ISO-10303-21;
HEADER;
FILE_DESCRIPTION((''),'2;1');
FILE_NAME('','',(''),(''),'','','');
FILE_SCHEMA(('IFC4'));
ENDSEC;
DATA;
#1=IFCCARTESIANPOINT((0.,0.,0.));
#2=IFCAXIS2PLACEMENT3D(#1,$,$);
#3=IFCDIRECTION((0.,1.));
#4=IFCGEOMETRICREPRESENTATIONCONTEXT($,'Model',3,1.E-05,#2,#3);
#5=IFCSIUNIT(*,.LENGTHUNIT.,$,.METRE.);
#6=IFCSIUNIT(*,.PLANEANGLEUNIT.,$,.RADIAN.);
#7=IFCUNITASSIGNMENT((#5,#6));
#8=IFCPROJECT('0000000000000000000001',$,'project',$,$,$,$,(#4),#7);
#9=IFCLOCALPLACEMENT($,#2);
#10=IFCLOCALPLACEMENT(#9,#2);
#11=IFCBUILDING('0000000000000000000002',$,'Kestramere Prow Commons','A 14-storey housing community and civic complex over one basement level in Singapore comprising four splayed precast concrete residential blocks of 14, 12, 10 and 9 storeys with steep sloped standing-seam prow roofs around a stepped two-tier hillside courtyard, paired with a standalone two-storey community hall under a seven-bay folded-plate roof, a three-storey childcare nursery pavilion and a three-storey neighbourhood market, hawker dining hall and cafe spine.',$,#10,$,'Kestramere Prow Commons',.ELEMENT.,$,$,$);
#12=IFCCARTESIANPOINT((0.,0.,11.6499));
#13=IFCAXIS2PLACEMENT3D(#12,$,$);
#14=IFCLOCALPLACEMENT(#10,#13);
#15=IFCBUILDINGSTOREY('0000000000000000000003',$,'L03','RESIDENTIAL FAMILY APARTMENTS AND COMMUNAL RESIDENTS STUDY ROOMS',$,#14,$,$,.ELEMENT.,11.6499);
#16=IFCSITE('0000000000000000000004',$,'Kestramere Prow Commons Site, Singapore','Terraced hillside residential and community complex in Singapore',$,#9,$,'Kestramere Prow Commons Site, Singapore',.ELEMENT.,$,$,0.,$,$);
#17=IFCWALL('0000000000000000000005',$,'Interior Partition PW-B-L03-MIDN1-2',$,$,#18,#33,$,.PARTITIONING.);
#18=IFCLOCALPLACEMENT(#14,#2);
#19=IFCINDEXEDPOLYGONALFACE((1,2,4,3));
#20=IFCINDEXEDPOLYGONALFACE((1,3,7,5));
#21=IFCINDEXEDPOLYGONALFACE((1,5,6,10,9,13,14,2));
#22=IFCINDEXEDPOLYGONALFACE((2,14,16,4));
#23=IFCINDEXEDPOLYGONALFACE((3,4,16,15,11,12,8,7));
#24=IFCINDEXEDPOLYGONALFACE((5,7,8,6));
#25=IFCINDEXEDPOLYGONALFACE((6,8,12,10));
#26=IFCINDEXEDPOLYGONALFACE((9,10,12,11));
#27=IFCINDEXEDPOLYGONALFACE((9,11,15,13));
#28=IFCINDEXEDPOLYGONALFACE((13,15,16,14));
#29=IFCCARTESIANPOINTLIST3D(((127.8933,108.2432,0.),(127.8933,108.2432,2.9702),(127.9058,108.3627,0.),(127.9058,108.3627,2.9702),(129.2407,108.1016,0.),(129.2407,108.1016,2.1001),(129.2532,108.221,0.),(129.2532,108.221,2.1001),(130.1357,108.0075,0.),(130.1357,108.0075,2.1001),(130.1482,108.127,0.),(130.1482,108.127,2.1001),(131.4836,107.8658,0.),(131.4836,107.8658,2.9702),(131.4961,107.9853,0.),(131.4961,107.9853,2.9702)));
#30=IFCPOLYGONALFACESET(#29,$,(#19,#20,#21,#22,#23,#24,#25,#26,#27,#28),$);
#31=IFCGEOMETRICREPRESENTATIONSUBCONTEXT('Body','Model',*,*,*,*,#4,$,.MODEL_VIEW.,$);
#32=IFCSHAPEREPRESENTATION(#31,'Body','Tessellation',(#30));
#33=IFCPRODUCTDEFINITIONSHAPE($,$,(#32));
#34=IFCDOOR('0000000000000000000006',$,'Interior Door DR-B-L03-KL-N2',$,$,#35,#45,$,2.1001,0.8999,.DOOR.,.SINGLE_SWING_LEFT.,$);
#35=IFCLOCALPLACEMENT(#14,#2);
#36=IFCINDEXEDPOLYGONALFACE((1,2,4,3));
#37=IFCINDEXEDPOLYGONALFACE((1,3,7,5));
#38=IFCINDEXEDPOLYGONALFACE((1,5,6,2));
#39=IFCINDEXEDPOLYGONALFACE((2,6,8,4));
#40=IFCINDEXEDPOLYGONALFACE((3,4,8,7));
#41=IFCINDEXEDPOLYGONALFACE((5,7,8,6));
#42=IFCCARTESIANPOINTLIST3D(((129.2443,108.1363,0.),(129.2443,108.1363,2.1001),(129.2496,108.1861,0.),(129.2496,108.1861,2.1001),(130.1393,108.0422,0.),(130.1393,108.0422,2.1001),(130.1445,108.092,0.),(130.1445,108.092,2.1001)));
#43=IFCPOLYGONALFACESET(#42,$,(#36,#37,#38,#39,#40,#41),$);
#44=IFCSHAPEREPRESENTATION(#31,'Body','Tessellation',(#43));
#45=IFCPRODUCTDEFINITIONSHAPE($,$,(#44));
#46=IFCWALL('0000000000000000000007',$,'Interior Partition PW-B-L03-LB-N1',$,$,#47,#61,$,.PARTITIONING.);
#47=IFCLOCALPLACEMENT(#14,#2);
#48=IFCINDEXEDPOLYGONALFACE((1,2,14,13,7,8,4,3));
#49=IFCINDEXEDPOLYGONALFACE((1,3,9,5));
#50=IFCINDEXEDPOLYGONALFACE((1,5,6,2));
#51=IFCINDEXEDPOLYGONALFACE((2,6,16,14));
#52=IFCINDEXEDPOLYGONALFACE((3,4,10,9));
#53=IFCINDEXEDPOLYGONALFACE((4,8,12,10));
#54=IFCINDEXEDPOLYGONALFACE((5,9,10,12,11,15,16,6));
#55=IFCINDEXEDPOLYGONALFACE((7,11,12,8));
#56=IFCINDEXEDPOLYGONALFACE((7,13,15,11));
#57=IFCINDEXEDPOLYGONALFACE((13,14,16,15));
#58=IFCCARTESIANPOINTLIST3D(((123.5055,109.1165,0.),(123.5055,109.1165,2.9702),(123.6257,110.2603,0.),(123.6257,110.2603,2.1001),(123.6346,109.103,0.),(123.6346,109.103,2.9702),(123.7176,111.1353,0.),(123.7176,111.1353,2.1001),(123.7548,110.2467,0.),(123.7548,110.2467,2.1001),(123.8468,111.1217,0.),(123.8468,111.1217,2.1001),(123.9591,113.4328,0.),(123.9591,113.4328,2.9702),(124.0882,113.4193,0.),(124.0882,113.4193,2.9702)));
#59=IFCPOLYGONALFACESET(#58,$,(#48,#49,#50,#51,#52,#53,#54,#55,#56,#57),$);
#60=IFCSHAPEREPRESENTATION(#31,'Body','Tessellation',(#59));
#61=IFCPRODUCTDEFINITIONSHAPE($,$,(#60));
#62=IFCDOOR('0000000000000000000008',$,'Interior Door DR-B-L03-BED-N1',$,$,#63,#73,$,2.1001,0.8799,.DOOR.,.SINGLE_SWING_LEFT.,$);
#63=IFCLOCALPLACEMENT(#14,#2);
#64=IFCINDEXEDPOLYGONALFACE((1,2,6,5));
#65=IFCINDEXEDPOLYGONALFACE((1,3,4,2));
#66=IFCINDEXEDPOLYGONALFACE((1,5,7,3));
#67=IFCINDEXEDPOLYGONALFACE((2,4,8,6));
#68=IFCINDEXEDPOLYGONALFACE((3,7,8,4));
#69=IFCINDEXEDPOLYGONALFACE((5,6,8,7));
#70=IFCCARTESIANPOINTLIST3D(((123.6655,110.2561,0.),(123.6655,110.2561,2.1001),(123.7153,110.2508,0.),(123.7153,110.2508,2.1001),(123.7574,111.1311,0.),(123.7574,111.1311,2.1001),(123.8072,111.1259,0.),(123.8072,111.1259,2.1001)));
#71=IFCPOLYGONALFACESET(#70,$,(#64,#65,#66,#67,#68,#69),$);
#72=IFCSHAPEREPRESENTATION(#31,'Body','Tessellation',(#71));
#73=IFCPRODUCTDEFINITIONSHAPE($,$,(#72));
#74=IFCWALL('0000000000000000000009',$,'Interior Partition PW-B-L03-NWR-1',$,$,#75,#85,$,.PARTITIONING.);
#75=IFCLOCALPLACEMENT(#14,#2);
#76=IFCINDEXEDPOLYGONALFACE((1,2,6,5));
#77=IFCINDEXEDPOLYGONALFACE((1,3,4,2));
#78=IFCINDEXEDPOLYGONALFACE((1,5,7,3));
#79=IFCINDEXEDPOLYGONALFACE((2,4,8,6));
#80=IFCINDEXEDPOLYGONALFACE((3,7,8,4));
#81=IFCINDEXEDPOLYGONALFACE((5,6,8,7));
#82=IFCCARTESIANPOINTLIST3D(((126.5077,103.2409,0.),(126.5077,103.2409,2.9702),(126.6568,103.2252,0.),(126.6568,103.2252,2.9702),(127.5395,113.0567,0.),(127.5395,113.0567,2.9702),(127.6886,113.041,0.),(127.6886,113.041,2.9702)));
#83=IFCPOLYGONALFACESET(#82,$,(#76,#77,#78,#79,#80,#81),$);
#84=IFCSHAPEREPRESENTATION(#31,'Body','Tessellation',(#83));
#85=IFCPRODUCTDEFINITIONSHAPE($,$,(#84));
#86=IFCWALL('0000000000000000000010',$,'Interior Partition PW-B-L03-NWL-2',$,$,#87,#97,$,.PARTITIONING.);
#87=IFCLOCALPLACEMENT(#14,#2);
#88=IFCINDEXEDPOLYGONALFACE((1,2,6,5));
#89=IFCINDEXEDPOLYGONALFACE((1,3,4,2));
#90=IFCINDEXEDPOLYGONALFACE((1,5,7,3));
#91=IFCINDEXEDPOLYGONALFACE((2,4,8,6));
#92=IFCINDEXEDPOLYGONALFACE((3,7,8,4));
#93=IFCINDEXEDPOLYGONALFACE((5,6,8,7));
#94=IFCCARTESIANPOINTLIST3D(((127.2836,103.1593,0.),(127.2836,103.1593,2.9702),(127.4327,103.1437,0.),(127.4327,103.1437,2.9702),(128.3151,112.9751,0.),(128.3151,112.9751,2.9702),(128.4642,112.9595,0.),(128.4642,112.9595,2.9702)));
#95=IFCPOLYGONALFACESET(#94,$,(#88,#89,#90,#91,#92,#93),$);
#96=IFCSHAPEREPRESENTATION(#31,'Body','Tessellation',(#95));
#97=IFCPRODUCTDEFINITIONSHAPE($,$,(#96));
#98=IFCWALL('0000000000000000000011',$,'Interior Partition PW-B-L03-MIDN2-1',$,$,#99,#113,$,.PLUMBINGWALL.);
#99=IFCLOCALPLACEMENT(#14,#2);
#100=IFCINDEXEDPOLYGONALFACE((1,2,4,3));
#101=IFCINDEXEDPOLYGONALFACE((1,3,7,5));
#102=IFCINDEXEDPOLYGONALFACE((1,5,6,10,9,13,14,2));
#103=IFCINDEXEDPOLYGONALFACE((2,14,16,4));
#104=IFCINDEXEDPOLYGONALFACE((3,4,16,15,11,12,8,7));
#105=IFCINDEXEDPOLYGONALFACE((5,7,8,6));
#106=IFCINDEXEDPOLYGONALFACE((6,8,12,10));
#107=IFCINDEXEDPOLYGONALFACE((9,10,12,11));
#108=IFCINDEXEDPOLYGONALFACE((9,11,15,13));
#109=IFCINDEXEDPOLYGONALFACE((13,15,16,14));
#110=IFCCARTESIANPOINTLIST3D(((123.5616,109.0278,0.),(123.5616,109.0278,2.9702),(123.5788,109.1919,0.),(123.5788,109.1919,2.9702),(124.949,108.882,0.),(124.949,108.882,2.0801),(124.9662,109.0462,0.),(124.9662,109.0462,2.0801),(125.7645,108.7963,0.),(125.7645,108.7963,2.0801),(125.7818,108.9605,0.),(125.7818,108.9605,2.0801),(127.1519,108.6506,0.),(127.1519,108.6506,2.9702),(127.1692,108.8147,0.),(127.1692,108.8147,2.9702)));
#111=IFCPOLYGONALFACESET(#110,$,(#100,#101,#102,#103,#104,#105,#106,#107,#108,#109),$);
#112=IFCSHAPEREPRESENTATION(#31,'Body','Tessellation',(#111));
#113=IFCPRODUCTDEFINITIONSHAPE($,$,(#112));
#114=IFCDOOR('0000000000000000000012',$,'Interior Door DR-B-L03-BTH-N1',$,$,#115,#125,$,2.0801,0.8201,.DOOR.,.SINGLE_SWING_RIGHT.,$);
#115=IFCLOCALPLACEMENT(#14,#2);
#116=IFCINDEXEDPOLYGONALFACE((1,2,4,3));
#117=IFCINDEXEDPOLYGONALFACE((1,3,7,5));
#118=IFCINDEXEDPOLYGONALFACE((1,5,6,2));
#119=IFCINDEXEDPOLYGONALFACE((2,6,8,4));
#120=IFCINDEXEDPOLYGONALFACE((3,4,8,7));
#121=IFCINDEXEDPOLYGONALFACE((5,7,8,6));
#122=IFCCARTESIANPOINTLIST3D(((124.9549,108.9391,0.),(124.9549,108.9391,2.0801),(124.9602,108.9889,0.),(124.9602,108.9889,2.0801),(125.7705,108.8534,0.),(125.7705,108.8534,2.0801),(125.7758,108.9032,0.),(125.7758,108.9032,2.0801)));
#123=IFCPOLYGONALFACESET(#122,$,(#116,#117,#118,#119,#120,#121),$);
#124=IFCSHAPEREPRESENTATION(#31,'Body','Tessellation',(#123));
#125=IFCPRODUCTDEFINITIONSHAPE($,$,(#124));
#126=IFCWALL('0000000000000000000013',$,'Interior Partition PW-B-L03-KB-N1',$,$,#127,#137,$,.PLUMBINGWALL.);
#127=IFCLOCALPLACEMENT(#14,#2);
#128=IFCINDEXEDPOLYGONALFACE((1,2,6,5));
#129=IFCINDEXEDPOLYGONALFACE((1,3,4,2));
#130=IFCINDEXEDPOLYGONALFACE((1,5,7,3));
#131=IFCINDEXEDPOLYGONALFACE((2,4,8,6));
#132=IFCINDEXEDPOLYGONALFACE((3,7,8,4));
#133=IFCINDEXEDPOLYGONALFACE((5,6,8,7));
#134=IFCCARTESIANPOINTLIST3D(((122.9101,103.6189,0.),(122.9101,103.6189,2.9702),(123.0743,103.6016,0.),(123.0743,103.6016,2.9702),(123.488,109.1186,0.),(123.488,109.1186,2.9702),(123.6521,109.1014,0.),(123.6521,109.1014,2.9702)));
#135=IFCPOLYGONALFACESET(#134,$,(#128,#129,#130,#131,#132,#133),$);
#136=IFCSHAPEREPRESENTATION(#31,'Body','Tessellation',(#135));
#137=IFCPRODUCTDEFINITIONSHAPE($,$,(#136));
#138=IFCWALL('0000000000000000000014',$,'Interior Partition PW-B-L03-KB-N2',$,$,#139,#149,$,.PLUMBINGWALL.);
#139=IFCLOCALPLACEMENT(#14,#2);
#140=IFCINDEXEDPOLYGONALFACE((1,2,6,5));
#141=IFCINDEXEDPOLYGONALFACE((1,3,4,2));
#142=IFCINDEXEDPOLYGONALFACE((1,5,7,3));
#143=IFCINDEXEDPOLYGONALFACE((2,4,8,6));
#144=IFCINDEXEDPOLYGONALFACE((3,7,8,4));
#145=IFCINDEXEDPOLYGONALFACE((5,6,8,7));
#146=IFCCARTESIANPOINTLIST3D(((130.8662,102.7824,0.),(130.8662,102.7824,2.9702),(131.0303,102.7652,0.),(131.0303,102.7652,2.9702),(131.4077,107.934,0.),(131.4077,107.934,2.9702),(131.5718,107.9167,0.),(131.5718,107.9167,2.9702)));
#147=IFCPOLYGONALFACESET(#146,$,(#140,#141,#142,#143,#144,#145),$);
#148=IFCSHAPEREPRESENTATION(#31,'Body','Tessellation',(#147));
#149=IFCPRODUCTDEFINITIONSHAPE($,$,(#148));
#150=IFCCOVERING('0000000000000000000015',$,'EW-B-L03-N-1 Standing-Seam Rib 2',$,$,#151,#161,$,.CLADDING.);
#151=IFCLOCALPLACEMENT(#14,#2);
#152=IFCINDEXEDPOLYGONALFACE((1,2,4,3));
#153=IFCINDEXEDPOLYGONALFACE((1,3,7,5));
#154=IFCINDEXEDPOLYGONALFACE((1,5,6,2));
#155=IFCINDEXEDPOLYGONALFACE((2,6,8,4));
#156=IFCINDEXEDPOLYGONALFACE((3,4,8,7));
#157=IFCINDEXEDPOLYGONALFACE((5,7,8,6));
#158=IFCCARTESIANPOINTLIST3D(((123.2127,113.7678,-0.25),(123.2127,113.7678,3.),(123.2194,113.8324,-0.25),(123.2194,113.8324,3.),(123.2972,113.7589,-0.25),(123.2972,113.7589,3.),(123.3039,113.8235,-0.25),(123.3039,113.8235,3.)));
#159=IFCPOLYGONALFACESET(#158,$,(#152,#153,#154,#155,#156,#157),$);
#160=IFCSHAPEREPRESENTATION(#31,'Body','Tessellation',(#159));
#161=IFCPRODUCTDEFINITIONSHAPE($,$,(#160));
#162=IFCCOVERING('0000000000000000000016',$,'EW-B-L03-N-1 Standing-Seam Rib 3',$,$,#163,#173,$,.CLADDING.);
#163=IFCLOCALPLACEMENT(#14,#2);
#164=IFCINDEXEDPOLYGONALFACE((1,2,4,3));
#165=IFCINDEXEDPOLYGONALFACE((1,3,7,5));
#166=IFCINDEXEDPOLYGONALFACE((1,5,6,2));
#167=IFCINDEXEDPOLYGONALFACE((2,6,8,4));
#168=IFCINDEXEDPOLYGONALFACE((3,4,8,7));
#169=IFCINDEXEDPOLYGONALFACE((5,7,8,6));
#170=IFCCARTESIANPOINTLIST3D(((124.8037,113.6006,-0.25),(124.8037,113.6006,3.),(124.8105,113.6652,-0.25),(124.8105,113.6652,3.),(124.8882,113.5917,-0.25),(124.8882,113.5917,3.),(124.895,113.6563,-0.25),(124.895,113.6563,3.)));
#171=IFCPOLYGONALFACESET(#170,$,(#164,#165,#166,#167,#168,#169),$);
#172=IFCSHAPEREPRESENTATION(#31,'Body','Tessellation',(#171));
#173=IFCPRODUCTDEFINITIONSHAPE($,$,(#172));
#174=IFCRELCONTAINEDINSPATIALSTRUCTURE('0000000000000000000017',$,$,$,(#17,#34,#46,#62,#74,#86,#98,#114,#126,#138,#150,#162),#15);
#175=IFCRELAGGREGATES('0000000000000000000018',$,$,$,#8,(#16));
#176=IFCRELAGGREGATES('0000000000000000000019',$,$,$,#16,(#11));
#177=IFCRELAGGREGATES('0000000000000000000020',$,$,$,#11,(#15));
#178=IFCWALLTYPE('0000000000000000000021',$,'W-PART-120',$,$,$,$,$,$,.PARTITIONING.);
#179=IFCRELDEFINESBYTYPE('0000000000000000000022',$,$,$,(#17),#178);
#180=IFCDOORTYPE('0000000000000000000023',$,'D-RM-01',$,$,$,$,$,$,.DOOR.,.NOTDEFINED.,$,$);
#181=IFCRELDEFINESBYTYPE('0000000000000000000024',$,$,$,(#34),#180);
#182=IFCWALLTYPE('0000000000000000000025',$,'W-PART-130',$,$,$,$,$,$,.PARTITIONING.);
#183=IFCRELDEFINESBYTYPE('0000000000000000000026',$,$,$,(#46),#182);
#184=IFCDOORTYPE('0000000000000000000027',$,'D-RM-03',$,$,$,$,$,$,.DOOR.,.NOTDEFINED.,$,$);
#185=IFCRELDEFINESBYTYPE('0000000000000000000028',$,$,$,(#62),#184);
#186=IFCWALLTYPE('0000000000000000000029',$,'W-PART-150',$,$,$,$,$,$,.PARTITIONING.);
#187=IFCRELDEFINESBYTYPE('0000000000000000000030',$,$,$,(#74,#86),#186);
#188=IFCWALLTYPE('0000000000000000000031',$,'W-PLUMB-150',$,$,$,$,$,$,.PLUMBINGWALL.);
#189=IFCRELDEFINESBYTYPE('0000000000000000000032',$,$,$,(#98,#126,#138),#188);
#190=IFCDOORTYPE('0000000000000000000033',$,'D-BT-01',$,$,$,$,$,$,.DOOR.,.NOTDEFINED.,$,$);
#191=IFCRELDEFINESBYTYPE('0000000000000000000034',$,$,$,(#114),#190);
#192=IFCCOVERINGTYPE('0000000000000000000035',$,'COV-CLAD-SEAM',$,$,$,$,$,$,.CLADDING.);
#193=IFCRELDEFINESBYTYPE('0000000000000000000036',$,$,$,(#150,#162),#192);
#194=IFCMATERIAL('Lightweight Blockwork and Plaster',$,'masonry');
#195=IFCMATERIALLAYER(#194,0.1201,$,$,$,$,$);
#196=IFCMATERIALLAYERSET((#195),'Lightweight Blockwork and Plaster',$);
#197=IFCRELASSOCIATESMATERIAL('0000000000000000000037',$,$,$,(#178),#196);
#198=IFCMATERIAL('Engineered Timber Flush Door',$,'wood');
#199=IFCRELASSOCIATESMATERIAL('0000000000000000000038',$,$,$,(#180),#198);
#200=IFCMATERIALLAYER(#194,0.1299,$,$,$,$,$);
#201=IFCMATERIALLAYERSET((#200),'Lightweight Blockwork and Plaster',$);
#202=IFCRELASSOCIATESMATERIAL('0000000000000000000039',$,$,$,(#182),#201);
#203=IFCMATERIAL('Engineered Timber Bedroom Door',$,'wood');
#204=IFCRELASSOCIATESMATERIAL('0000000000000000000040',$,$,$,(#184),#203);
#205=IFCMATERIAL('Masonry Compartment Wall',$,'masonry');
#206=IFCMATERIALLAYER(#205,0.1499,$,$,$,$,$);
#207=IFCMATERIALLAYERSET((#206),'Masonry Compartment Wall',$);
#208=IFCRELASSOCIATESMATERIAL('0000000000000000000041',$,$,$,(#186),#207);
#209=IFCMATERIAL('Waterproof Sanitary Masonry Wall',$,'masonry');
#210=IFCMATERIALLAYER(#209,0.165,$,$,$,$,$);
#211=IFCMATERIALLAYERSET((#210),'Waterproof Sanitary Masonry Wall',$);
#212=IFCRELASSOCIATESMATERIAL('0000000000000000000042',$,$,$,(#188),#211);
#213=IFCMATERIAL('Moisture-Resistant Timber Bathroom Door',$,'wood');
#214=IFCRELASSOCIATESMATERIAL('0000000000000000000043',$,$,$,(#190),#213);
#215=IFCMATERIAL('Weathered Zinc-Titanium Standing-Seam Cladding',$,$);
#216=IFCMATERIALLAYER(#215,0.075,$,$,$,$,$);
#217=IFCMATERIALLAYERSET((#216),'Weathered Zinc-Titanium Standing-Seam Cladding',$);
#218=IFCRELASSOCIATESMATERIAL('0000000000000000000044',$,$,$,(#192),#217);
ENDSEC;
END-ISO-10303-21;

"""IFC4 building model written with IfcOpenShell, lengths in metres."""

from ifc_helpers import new_model, si_unit, direction, frame, frame_2d, origin, origin_2d, place, context, subcontext, project, spatial, rectangle, extrude, material, layer, layer_set, type_object, element, fill, save


model = new_model("IFC4")

# Units and contexts
model_context = context("Model", 3, precision=1e-05, world=origin(), true_north=direction((0.0, 1.0)))
body_context = subcontext(model_context, "Body", "Model", "MODEL_VIEW")
ifc_project = project(units=[si_unit("LENGTHUNIT", "METRE"), si_unit("PLANEANGLEUNIT", "RADIAN")], contexts=[model_context])

# Site, building, storey
site_placement = place(None, origin())
site = spatial("IfcSite", under=ifc_project, at=site_placement, Name="Kestramere Prow Commons Site, Singapore", Description="Terraced hillside residential and community complex in Singapore", LongName="Kestramere Prow Commons Site, Singapore", CompositionType="ELEMENT", RefElevation=0.0)
building_placement = place(site_placement, origin())
building = spatial("IfcBuilding", under=site, at=building_placement, Name="Kestramere Prow Commons", Description="A 14-storey housing community and civic complex over one basement level in Singapore comprising four splayed precast concrete residential blocks of 14, 12, 10 and 9 storeys with steep sloped standing-seam prow roofs around a stepped two-tier hillside courtyard, paired with a standalone two-storey community hall under a seven-bay folded-plate roof, a three-storey childcare nursery pavilion and a three-storey neighbourhood market, hawker dining hall and cafe spine.", LongName="Kestramere Prow Commons", CompositionType="ELEMENT")
storey_placement = place(building_placement, frame((0.0, 0.0, 11.6499)))
storey = spatial("IfcBuildingStorey", under=building, at=storey_placement, Name="L03", Description="RESIDENTIAL FAMILY APARTMENTS AND COMMUNAL RESIDENTS STUDY ROOMS", CompositionType="ELEMENT", Elevation=11.6499)

# Walls, openings, doors
ifc_material_1 = material(Name="Lightweight Blockwork and Plaster", Category="masonry")
ifc_layer_1 = layer(ifc_material_1, 0.1201)
ifc_layer_set_1 = layer_set([ifc_layer_1], Name="Lightweight Blockwork and Plaster")
wall_type_1 = type_object("IfcWallType", Name="W-PART-120", PredefinedType="PARTITIONING", material=ifc_layer_set_1)
wall_1_placement = place(storey_placement, frame((127.8994, 108.303, 0.0), z_axis=(0.0, 0.0, 1.0), x_axis=(0.99452, -0.104551, 0.0)))
wall_1 = element("IfcWall", 1, at=wall_1_placement, inside=storey, type_object=wall_type_1, Name="Interior Partition PW-B-L03-MIDN1-2", PredefinedType="PARTITIONING", context=body_context, shape_type="SweptSolid", body=[
    extrude(rectangle(XDim=3.6101, YDim=0.1201, at=frame_2d((1.8052, 0.0))), origin(), (0.0, 0.0, 1.0), 2.9702),
])
opening_1_placement = place(wall_1_placement, frame((1.355, 0.0, 0.0)))
opening_1 = element("IfcOpeningElement", 2, at=opening_1_placement, cuts=wall_1, PredefinedType="OPENING", context=body_context, shape_type="SweptSolid", body=[
    extrude(rectangle(XDim=0.8999, YDim=2.1001, at=frame_2d((0.45, 1.05))), frame((0.0, 0.075, 0.0), z_axis=(0.0, -1.0, 0.0), x_axis=(1.0, 0.0, 0.0)), (0.0, 0.0, 1.0), 0.1501),
])
ifc_material_2 = material(Name="Engineered Timber Flush Door", Category="wood")
door_type_1 = type_object("IfcDoorType", Name="D-RM-01", OperationType="NOTDEFINED", PredefinedType="DOOR", material=ifc_material_2)
door_1_placement = place(opening_1_placement, origin())
door_1 = element("IfcDoor", 3, at=door_1_placement, inside=storey, type_object=door_type_1, Name="Interior Door DR-B-L03-KL-N2", OperationType="SINGLE_SWING_LEFT", OverallHeight=2.1001, OverallWidth=0.8999, PredefinedType="DOOR", context=body_context, shape_type="SweptSolid", body=[
    extrude(rectangle(XDim=0.8999, YDim=2.1001, at=frame_2d((0.45, 1.05))), frame((0.0, 0.0249, 0.0), z_axis=(0.0, -1.0, 0.0), x_axis=(1.0, 0.0, 0.0)), (0.0, 0.0, 1.0), 0.05),
])
fill(opening_1, door_1)
ifc_layer_2 = layer(ifc_material_1, 0.1299)
ifc_layer_set_2 = layer_set([ifc_layer_2], Name="Lightweight Blockwork and Plaster")
wall_type_2 = type_object("IfcWallType", Name="W-PART-130", PredefinedType="PARTITIONING", material=ifc_layer_set_2)
wall_2_placement = place(storey_placement, frame((123.5701, 109.1099, 0.0), z_axis=(0.0, 0.0, 1.0), x_axis=(0.104515, 0.994523, 0.0)))
wall_2 = element("IfcWall", 4, at=wall_2_placement, inside=storey, type_object=wall_type_2, Name="Interior Partition PW-B-L03-LB-N1", PredefinedType="PARTITIONING", context=body_context, shape_type="SweptSolid", body=[
    extrude(rectangle(XDim=4.3401, YDim=0.1299, at=frame_2d((2.1699, 0.0))), origin(), (0.0, 0.0, 1.0), 2.9702),
])
opening_2_placement = place(wall_2_placement, frame((1.1499, 0.0, 0.0)))
opening_2 = element("IfcOpeningElement", 5, at=opening_2_placement, cuts=wall_2, PredefinedType="OPENING", context=body_context, shape_type="SweptSolid", body=[
    extrude(rectangle(XDim=0.8799, YDim=2.1001, at=frame_2d((0.4399, 1.05))), frame((0.0, 0.0798, 0.0), z_axis=(0.0, -1.0, 0.0), x_axis=(1.0, 0.0, 0.0)), (0.0, 0.0, 1.0), 0.1599),
])
ifc_material_3 = material(Name="Engineered Timber Bedroom Door", Category="wood")
door_type_2 = type_object("IfcDoorType", Name="D-RM-03", OperationType="NOTDEFINED", PredefinedType="DOOR", material=ifc_material_3)
door_2_placement = place(opening_2_placement, origin())
door_2 = element("IfcDoor", 6, at=door_2_placement, inside=storey, type_object=door_type_2, Name="Interior Door DR-B-L03-BED-N1", OperationType="SINGLE_SWING_LEFT", OverallHeight=2.1001, OverallWidth=0.8799, PredefinedType="DOOR", context=body_context, shape_type="SweptSolid", body=[
    extrude(rectangle(XDim=0.8799, YDim=2.1001, at=frame_2d((0.4399, 1.05))), frame((0.0, 0.0249, 0.0), z_axis=(0.0, -1.0, 0.0), x_axis=(1.0, 0.0, 0.0)), (0.0, 0.0, 1.0), 0.05),
])
fill(opening_2, door_2)

# Walls
ifc_material_4 = material(Name="Masonry Compartment Wall", Category="masonry")
ifc_layer_3 = layer(ifc_material_4, 0.1499)
ifc_layer_set_3 = layer_set([ifc_layer_3], Name="Masonry Compartment Wall")
wall_type_3 = type_object("IfcWallType", Name="W-PART-150", PredefinedType="PARTITIONING", material=ifc_layer_set_3)
for number, where, z_axis, x_axis, name in (
    (7, (126.5823, 103.2329, 0.0), (0.0, 0.0, 1.0), (0.104533, 0.994521, 0.0), "Interior Partition PW-B-L03-NWR-1"),
    (8, (127.3582, 103.1514, 0.0), (0.0, 0.0, 1.0), (0.104508, 0.994524, 0.0), "Interior Partition PW-B-L03-NWL-2"),
):
    element("IfcWall", number, at=place(storey_placement, frame(where, z_axis=z_axis, x_axis=x_axis)), inside=storey, type_object=wall_type_3, Name=name, PredefinedType="PARTITIONING", context=body_context, shape_type="SweptSolid", body=[
        extrude(rectangle(XDim=9.8699, YDim=0.1499, at=frame_2d((4.9351, 0.0))), origin(), (0.0, 0.0, 1.0), 2.9702),
    ])

# Wall, opening, door
ifc_material_5 = material(Name="Waterproof Sanitary Masonry Wall", Category="masonry")
ifc_layer_4 = layer(ifc_material_5, 0.165)
ifc_layer_set_4 = layer_set([ifc_layer_4], Name="Waterproof Sanitary Masonry Wall")
wall_type_4 = type_object("IfcWallType", Name="W-PLUMB-150", PredefinedType="PLUMBINGWALL", material=ifc_layer_set_4)
wall_3_placement = place(storey_placement, frame((123.5701, 109.1099, 0.0), z_axis=(0.0, 0.0, 1.0), x_axis=(0.994527, -0.104484, 0.0)))
wall_3 = element("IfcWall", 9, at=wall_3_placement, inside=storey, type_object=wall_type_4, Name="Interior Partition PW-B-L03-MIDN2-1", PredefinedType="PLUMBINGWALL", context=body_context, shape_type="SweptSolid", body=[
    extrude(rectangle(XDim=3.6101, YDim=0.165, at=frame_2d((1.8052, 0.0))), origin(), (0.0, 0.0, 1.0), 2.9702),
])
opening_3_placement = place(wall_3_placement, frame((1.395, 0.0, 0.0)))
opening_3 = element("IfcOpeningElement", 10, at=opening_3_placement, cuts=wall_3, PredefinedType="OPENING", context=body_context, shape_type="SweptSolid", body=[
    extrude(rectangle(XDim=0.8201, YDim=2.0801, at=frame_2d((0.4102, 1.04))), frame((0.0, 0.0974, 0.0), z_axis=(0.0, -1.0, 0.0), x_axis=(1.0, 0.0, 0.0)), (0.0, 0.0, 1.0), 0.1951),
])
ifc_material_6 = material(Name="Moisture-Resistant Timber Bathroom Door", Category="wood")
door_type_3 = type_object("IfcDoorType", Name="D-BT-01", OperationType="NOTDEFINED", PredefinedType="DOOR", material=ifc_material_6)
door_3_placement = place(opening_3_placement, origin())
door_3 = element("IfcDoor", 11, at=door_3_placement, inside=storey, type_object=door_type_3, Name="Interior Door DR-B-L03-BTH-N1", OperationType="SINGLE_SWING_RIGHT", OverallHeight=2.0801, OverallWidth=0.8201, PredefinedType="DOOR", context=body_context, shape_type="SweptSolid", body=[
    extrude(rectangle(XDim=0.8201, YDim=2.0801, at=frame_2d((0.4102, 1.04))), frame((0.0, 0.0249, 0.0), z_axis=(0.0, -1.0, 0.0), x_axis=(1.0, 0.0, 0.0)), (0.0, 0.0, 1.0), 0.05),
])
fill(opening_3, door_3)

# Walls
wall_4_placement = place(storey_placement, frame((122.9922, 103.6101, 0.0), z_axis=(0.0, 0.0, 1.0), x_axis=(0.104499, 0.994525, 0.0)))
element("IfcWall", 12, at=wall_4_placement, inside=storey, type_object=wall_type_4, Name="Interior Partition PW-B-L03-KB-N1", PredefinedType="PLUMBINGWALL", context=body_context, shape_type="SweptSolid", body=[
    extrude(rectangle(XDim=5.53, YDim=0.165, at=frame_2d((2.7651, 0.0))), origin(), (0.0, 0.0, 1.0), 2.9702),
])
wall_5_placement = place(storey_placement, frame((130.9482, 102.7739, 0.0), z_axis=(0.0, 0.0, 1.0), x_axis=(0.104538, 0.994521, 0.0)))
element("IfcWall", 13, at=wall_5_placement, inside=storey, type_object=wall_type_4, Name="Interior Partition PW-B-L03-KB-N2", PredefinedType="PLUMBINGWALL", context=body_context, shape_type="SweptSolid", body=[
    extrude(rectangle(XDim=5.1799, YDim=0.165, at=frame_2d((2.5898, 0.0))), origin(), (0.0, 0.0, 1.0), 2.9702),
])

# Coverings
ifc_material_7 = material(Name="Weathered Zinc-Titanium Standing-Seam Cladding")
ifc_layer_5 = layer(ifc_material_7, 0.075)
ifc_layer_set_5 = layer_set([ifc_layer_5], Name="Weathered Zinc-Titanium Standing-Seam Cladding")
covering_type = type_object("IfcCoveringType", Name="COV-CLAD-SEAM", PredefinedType="CLADDING", material=ifc_layer_set_5)
for number, where, z_axis, x_axis, name in (
    (14, (123.2583, 113.7957, -0.25), (0.0, 0.0, 1.0), (0.994522, -0.104528, 0.0), "EW-B-L03-N-1 Standing-Seam Rib 2"),
    (15, (124.8494, 113.6284, -0.25), (0.0, 0.0, 1.0), (0.994522, -0.104528, 0.0), "EW-B-L03-N-1 Standing-Seam Rib 3"),
):
    element("IfcCovering", number, at=place(storey_placement, frame(where, z_axis=z_axis, x_axis=x_axis)), inside=storey, type_object=covering_type, Name=name, PredefinedType="CLADDING", context=body_context, shape_type="SweptSolid", body=[
        extrude(rectangle(XDim=0.085, YDim=0.0649, at=origin_2d()), origin(), (0.0, 0.0, 1.0), 3.25),
    ])

save(model, "model.ifc")
